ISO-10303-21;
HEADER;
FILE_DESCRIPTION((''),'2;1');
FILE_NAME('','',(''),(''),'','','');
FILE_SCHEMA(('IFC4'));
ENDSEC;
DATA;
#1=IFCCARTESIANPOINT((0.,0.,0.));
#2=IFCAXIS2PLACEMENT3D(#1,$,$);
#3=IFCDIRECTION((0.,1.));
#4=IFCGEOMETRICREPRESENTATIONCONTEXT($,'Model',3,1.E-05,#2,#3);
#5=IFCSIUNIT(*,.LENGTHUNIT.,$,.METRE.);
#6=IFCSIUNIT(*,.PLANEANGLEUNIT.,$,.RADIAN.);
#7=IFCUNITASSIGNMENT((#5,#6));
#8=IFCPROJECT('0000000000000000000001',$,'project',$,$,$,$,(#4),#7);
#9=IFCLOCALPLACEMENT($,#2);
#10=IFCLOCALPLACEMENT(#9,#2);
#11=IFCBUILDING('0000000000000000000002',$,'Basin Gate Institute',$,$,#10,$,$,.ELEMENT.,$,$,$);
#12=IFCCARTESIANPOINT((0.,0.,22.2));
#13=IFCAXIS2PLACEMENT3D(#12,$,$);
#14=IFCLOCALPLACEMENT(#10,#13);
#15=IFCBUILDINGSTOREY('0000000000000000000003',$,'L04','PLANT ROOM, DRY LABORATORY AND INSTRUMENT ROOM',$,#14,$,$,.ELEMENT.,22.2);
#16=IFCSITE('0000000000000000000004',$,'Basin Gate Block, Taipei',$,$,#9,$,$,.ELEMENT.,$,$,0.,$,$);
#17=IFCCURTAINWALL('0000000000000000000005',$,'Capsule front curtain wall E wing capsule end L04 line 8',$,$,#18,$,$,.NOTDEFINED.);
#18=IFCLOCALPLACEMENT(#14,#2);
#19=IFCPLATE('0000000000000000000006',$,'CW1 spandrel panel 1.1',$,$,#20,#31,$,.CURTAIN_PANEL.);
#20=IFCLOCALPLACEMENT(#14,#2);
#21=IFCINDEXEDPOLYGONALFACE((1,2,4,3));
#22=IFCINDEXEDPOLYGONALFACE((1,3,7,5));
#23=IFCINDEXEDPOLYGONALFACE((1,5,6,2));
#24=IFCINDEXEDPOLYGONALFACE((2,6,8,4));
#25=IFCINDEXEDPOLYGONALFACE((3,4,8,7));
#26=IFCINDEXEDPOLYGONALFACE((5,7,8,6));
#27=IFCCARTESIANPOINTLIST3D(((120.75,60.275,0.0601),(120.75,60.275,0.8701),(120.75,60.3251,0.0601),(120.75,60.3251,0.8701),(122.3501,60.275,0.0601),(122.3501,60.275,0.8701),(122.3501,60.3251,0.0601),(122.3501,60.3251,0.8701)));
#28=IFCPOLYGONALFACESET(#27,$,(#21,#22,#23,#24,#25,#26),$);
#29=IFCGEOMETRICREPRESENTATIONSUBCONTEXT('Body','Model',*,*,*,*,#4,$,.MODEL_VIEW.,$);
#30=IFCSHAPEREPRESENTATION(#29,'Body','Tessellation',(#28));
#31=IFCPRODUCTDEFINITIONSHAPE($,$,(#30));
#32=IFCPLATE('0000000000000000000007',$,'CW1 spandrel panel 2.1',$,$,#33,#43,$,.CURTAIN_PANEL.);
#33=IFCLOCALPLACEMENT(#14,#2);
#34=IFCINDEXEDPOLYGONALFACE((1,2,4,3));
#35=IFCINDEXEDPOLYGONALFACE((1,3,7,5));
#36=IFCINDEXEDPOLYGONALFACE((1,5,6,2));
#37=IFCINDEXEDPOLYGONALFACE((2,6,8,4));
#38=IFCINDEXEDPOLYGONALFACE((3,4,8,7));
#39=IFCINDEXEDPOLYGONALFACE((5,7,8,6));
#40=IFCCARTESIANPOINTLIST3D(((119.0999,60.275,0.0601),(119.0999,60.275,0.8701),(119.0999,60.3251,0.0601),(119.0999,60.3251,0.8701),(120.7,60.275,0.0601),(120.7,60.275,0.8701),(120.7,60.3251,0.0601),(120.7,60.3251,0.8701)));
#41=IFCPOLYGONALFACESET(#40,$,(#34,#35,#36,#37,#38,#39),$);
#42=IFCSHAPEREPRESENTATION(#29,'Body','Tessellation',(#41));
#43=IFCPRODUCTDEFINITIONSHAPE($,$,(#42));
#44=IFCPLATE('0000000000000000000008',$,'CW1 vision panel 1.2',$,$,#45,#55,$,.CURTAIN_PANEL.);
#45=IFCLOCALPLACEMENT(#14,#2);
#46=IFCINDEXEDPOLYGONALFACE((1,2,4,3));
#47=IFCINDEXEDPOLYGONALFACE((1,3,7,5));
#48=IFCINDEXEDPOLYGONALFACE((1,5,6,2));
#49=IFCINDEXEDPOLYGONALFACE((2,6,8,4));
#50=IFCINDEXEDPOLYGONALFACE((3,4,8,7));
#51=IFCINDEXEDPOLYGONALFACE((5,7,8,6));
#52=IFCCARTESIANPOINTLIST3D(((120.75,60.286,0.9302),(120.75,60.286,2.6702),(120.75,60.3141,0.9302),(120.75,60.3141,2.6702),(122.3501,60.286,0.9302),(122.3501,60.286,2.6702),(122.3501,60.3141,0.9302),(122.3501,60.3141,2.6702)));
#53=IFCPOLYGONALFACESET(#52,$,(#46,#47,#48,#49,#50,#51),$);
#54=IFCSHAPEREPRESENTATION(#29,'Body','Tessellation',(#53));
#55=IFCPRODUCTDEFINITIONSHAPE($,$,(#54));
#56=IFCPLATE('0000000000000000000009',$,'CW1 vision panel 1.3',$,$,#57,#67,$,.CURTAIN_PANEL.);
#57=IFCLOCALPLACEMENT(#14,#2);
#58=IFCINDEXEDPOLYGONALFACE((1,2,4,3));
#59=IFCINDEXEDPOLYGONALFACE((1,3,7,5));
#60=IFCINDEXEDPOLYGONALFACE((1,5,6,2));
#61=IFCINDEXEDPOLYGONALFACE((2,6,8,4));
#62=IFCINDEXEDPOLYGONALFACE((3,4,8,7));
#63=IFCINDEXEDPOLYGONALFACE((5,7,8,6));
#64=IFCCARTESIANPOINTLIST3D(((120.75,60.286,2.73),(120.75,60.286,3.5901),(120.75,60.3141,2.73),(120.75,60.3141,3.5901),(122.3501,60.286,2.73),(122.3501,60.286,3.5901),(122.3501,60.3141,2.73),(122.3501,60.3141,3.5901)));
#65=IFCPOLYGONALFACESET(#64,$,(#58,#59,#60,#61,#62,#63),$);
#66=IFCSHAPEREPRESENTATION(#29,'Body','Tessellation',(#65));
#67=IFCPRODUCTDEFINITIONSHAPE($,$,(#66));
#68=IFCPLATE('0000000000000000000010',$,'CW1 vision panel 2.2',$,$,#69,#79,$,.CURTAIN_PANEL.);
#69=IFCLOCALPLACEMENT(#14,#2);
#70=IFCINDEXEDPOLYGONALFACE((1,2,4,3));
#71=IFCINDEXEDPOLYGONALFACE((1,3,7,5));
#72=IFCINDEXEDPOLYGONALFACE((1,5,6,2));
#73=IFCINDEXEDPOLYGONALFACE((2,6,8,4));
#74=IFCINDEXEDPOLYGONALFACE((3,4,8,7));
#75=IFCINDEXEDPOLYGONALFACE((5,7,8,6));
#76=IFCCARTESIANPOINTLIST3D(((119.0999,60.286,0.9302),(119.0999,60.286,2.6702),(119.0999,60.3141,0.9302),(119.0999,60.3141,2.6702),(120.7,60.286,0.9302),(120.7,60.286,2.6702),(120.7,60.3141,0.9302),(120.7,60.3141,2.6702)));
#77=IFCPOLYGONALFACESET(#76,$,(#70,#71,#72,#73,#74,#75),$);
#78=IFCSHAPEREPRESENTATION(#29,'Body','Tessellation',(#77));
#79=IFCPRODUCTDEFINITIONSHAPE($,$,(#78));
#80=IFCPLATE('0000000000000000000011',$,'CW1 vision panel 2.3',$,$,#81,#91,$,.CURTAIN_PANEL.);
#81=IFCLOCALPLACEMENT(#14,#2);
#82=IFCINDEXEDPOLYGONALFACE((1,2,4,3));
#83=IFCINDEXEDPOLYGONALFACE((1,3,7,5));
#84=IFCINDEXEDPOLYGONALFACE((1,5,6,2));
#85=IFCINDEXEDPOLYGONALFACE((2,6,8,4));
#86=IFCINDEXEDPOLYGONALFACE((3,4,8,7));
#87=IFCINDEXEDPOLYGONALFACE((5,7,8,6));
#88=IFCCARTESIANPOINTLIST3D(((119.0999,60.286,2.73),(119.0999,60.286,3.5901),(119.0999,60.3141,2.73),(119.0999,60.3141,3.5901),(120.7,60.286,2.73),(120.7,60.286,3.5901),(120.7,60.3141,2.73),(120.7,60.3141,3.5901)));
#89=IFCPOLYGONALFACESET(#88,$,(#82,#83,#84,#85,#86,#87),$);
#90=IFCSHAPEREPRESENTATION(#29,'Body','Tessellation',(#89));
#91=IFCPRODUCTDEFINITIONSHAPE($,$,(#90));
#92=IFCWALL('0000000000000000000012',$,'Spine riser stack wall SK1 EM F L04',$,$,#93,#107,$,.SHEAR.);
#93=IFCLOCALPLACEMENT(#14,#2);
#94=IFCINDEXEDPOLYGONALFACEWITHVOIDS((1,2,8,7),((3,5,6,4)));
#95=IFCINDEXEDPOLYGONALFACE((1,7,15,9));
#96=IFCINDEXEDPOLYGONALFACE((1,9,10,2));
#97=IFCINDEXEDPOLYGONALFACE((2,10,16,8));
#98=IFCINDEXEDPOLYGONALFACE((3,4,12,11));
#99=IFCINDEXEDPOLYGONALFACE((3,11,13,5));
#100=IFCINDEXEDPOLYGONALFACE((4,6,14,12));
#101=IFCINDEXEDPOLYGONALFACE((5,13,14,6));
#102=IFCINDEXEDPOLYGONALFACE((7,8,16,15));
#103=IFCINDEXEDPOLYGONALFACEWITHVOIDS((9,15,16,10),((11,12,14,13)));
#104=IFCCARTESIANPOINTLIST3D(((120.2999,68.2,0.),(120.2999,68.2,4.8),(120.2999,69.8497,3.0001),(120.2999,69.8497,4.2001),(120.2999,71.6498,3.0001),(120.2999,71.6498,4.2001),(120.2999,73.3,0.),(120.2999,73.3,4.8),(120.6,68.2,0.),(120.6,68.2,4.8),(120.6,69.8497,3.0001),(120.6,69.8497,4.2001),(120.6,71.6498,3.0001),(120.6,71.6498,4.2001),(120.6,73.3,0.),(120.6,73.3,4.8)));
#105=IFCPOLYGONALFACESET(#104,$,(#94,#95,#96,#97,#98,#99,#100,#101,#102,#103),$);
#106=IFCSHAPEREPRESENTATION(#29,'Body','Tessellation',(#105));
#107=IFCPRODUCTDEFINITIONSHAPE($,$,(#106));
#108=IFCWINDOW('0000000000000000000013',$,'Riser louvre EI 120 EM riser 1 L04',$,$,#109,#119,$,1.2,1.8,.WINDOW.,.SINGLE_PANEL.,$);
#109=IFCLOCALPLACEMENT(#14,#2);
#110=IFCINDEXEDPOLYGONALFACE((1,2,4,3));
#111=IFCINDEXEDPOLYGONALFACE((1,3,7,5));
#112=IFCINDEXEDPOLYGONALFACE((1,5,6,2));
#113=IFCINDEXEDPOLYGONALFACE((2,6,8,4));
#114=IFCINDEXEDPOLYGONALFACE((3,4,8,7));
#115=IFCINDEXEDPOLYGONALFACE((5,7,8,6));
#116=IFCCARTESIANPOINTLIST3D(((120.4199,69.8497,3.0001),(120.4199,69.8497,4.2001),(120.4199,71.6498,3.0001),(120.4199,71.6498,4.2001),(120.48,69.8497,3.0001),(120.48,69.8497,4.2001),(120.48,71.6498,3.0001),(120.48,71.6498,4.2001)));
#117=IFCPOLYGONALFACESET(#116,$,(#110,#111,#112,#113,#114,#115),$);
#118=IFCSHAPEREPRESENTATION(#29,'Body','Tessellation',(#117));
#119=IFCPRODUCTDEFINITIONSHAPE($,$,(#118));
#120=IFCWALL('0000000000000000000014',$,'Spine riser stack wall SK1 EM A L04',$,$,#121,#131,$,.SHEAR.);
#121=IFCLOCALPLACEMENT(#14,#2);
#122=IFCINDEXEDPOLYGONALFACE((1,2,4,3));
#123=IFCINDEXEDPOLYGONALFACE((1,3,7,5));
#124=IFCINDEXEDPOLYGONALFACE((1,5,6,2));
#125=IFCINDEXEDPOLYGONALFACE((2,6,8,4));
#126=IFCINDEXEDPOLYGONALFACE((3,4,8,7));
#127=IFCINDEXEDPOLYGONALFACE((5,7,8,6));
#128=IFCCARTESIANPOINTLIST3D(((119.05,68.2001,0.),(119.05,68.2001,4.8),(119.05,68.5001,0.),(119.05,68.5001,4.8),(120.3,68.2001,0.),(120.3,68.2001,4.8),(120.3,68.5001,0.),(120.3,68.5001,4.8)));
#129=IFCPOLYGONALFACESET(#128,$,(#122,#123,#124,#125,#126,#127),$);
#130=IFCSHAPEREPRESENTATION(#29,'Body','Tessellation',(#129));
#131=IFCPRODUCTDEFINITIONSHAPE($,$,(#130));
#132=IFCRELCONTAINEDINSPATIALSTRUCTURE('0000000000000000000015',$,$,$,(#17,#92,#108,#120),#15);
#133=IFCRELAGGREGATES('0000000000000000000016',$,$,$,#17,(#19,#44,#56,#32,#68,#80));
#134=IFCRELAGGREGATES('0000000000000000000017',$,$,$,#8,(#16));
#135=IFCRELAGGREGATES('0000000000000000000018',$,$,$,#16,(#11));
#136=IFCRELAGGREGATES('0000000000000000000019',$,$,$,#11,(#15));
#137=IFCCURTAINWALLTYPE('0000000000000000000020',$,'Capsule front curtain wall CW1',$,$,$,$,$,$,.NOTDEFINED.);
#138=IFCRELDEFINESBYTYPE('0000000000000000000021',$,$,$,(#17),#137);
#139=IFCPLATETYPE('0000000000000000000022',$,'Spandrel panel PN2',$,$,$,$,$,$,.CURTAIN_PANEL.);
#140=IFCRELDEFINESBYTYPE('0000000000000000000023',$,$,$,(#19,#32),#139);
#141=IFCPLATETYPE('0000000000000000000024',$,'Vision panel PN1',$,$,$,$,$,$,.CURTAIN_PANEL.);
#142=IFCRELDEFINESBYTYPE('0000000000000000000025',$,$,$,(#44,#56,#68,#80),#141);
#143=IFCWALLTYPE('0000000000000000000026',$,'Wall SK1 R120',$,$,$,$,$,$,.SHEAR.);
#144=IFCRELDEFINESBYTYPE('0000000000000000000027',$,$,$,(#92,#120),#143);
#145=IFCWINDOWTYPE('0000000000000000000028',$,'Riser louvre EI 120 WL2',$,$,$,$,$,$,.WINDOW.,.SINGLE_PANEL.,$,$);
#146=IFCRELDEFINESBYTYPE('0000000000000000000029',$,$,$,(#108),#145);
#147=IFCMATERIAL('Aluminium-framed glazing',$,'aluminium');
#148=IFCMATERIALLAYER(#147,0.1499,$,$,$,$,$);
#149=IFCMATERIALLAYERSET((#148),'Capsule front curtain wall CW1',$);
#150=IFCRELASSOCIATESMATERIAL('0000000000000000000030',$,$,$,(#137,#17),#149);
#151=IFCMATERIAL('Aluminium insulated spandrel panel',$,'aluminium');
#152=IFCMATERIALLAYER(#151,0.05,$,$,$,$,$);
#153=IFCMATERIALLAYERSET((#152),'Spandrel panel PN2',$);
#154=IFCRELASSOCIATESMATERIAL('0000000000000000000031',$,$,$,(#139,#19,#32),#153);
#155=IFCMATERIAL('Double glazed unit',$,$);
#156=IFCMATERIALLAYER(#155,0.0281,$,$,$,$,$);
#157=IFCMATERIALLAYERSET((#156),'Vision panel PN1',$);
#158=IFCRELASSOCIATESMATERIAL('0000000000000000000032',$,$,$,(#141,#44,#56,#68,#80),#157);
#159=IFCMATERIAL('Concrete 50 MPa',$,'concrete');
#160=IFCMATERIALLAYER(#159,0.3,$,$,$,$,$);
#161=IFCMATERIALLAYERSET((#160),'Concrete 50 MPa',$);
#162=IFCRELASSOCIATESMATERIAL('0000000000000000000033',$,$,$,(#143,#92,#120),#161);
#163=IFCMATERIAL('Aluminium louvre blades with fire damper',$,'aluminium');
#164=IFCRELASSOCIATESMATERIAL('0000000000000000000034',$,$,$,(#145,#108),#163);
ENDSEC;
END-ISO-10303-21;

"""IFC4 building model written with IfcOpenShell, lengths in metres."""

from ifc_helpers import new_model, si_unit, direction, frame, frame_2d, origin, origin_2d, place, context, subcontext, project, spatial, rectangle, extrude, material, layer, layer_set, type_object, element, fill, aggregate, save


model = new_model("IFC4")

# Units and contexts
model_context = context("Model", 3, precision=1e-05, world=origin(), true_north=direction((0.0, 1.0)))
body_context = subcontext(model_context, "Body", "Model", "MODEL_VIEW")
ifc_project = project(units=[si_unit("LENGTHUNIT", "METRE"), si_unit("PLANEANGLEUNIT", "RADIAN")], contexts=[model_context])

# Site, building, storey
site_placement = place(None, origin())
site = spatial("IfcSite", under=ifc_project, at=site_placement, Name="Basin Gate Block, Taipei", CompositionType="ELEMENT", RefElevation=0.0)
building_placement = place(site_placement, origin())
building = spatial("IfcBuilding", under=site, at=building_placement, Name="Basin Gate Institute", CompositionType="ELEMENT")
storey_placement = place(building_placement, frame((0.0, 0.0, 22.2)))
storey = spatial("IfcBuildingStorey", under=building, at=storey_placement, Name="L04", Description="PLANT ROOM, DRY LABORATORY AND INSTRUMENT ROOM", CompositionType="ELEMENT", Elevation=22.2)

# Curtain wall
ifc_material_1 = material(Name="Aluminium-framed glazing", Category="aluminium")
ifc_layer_1 = layer(ifc_material_1, 0.1499)
ifc_layer_set_1 = layer_set([ifc_layer_1], Name="Capsule front curtain wall CW1")
curtain_wall_type = type_object("IfcCurtainWallType", Name="Capsule front curtain wall CW1", PredefinedType="NOTDEFINED", material=ifc_layer_set_1)
curtain_wall_1_placement = place(storey_placement, origin())
curtain_wall_1 = element("IfcCurtainWall", 1, at=curtain_wall_1_placement, inside=storey, type_object=curtain_wall_type, material=ifc_layer_set_1, Name="Capsule front curtain wall E wing capsule end L04 line 8", PredefinedType="NOTDEFINED")

# Plates
ifc_material_2 = material(Name="Aluminium insulated spandrel panel", Category="aluminium")
ifc_layer_2 = layer(ifc_material_2, 0.05)
ifc_layer_set_2 = layer_set([ifc_layer_2], Name="Spandrel panel PN2")
plate_type_1 = type_object("IfcPlateType", Name="Spandrel panel PN2", PredefinedType="CURTAIN_PANEL", material=ifc_layer_set_2)
plate_1_placement = place(storey_placement, frame((121.55, 60.3, 0.0601), z_axis=(0.0, 0.0, 1.0), x_axis=(-1.0, 0.0, 0.0)))
plate_1 = element("IfcPlate", 2, at=plate_1_placement, type_object=plate_type_1, material=ifc_layer_set_2, Name="CW1 spandrel panel 1.1", PredefinedType="CURTAIN_PANEL", context=body_context, shape_type="SweptSolid", body=[
    extrude(rectangle(XDim=1.6001, YDim=0.05, at=origin_2d()), origin(), (0.0, 0.0, 1.0), 0.8101),
])
plate_2_placement = place(storey_placement, frame((119.8999, 60.3, 0.0601), z_axis=(0.0, 0.0, 1.0), x_axis=(-1.0, 0.0, 0.0)))
plate_2 = element("IfcPlate", 3, at=plate_2_placement, type_object=plate_type_1, material=ifc_layer_set_2, Name="CW1 spandrel panel 2.1", PredefinedType="CURTAIN_PANEL", context=body_context, shape_type="SweptSolid", body=[
    extrude(rectangle(XDim=1.6001, YDim=0.05, at=origin_2d()), origin(), (0.0, 0.0, 1.0), 0.8101),
])
ifc_material_3 = material(Name="Double glazed unit")
ifc_layer_3 = layer(ifc_material_3, 0.0281)
ifc_layer_set_3 = layer_set([ifc_layer_3], Name="Vision panel PN1")
plate_type_2 = type_object("IfcPlateType", Name="Vision panel PN1", PredefinedType="CURTAIN_PANEL", material=ifc_layer_set_3)
plate_3_placement = place(storey_placement, frame((121.55, 60.3, 0.9302), z_axis=(0.0, 0.0, 1.0), x_axis=(-1.0, 0.0, 0.0)))
plate_3 = element("IfcPlate", 4, at=plate_3_placement, type_object=plate_type_2, material=ifc_layer_set_3, Name="CW1 vision panel 1.2", PredefinedType="CURTAIN_PANEL", context=body_context, shape_type="SweptSolid", body=[
    extrude(rectangle(XDim=1.6001, YDim=0.0281, at=origin_2d()), origin(), (0.0, 0.0, 1.0), 1.74),
])
plate_4_placement = place(storey_placement, frame((121.55, 60.3, 2.73), z_axis=(0.0, 0.0, 1.0), x_axis=(-1.0, 0.0, 0.0)))
plate_4 = element("IfcPlate", 5, at=plate_4_placement, type_object=plate_type_2, material=ifc_layer_set_3, Name="CW1 vision panel 1.3", PredefinedType="CURTAIN_PANEL", context=body_context, shape_type="SweptSolid", body=[
    extrude(rectangle(XDim=1.6001, YDim=0.0281, at=origin_2d()), origin(), (0.0, 0.0, 1.0), 0.8601),
])
plate_5_placement = place(storey_placement, frame((119.8999, 60.3, 0.9302), z_axis=(0.0, 0.0, 1.0), x_axis=(-1.0, 0.0, 0.0)))
plate_5 = element("IfcPlate", 6, at=plate_5_placement, type_object=plate_type_2, material=ifc_layer_set_3, Name="CW1 vision panel 2.2", PredefinedType="CURTAIN_PANEL", context=body_context, shape_type="SweptSolid", body=[
    extrude(rectangle(XDim=1.6001, YDim=0.0281, at=origin_2d()), origin(), (0.0, 0.0, 1.0), 1.74),
])
plate_6_placement = place(storey_placement, frame((119.8999, 60.3, 2.73), z_axis=(0.0, 0.0, 1.0), x_axis=(-1.0, 0.0, 0.0)))
plate_6 = element("IfcPlate", 7, at=plate_6_placement, type_object=plate_type_2, material=ifc_layer_set_3, Name="CW1 vision panel 2.3", PredefinedType="CURTAIN_PANEL", context=body_context, shape_type="SweptSolid", body=[
    extrude(rectangle(XDim=1.6001, YDim=0.0281, at=origin_2d()), origin(), (0.0, 0.0, 1.0), 0.8601),
])
aggregate(curtain_wall_1, [plate_1, plate_3, plate_4, plate_2, plate_5, plate_6])

# Wall, opening, window
ifc_material_4 = material(Name="Concrete 50 MPa", Category="concrete")
ifc_layer_4 = layer(ifc_material_4, 0.3)
ifc_layer_set_4 = layer_set([ifc_layer_4], Name="Concrete 50 MPa")
wall_type = type_object("IfcWallType", Name="Wall SK1 R120", PredefinedType="SHEAR", material=ifc_layer_set_4)
wall_1_placement = place(storey_placement, frame((120.45, 68.2, 0.0), z_axis=(0.0, 0.0, 1.0), x_axis=(0.0, 1.0, 0.0)))
wall_1 = element("IfcWall", 8, at=wall_1_placement, inside=storey, type_object=wall_type, material=ifc_layer_set_4, Name="Spine riser stack wall SK1 EM F L04", PredefinedType="SHEAR", context=body_context, shape_type="SweptSolid", body=[
    extrude(rectangle(XDim=5.1001, YDim=0.3, at=frame_2d((2.55, 0.0))), origin(), (0.0, 0.0, 1.0), 4.8),
])
opening_placement = place(wall_1_placement, frame((1.6499, 0.0, 3.0)))
opening = element("IfcOpeningElement", 9, at=opening_placement, cuts=wall_1, PredefinedType="OPENING", context=body_context, shape_type="SweptSolid", body=[
    extrude(rectangle(XDim=1.8, YDim=1.2, at=frame_2d((0.8999, 0.6001))), frame((0.0, 0.1602, 0.0), z_axis=(0.0, -1.0, 0.0), x_axis=(1.0, 0.0, 0.0)), (0.0, 0.0, 1.0), 0.3201),
])
ifc_material_5 = material(Name="Aluminium louvre blades with fire damper", Category="aluminium")
window_type = type_object("IfcWindowType", Name="Riser louvre EI 120 WL2", PartitioningType="SINGLE_PANEL", PredefinedType="WINDOW", material=ifc_material_5)
window_placement = place(opening_placement, origin())
window = element("IfcWindow", 10, at=window_placement, inside=storey, type_object=window_type, material=ifc_material_5, Name="Riser louvre EI 120 EM riser 1 L04", OverallHeight=1.2, OverallWidth=1.8, PartitioningType="SINGLE_PANEL", PredefinedType="WINDOW", context=body_context, shape_type="SweptSolid", body=[
    extrude(rectangle(XDim=1.8, YDim=1.2, at=frame_2d((0.8999, 0.6001))), frame((0.0, 0.03, 0.0), z_axis=(0.0, -1.0, 0.0), x_axis=(1.0, 0.0, 0.0)), (0.0, 0.0, 1.0), 0.0601),
])
fill(opening, window)

# Wall
wall_2_placement = place(storey_placement, frame((119.05, 68.3501, 0.0), z_axis=(0.0, 0.0, 1.0), x_axis=(1.0, 0.0, 0.0)))
element("IfcWall", 11, at=wall_2_placement, inside=storey, type_object=wall_type, material=ifc_layer_set_4, Name="Spine riser stack wall SK1 EM A L04", PredefinedType="SHEAR", context=body_context, shape_type="SweptSolid", body=[
    extrude(rectangle(XDim=1.25, YDim=0.3, at=frame_2d((0.625, 0.0))), origin(), (0.0, 0.0, 1.0), 4.8),
])

save(model, "model.ifc")
